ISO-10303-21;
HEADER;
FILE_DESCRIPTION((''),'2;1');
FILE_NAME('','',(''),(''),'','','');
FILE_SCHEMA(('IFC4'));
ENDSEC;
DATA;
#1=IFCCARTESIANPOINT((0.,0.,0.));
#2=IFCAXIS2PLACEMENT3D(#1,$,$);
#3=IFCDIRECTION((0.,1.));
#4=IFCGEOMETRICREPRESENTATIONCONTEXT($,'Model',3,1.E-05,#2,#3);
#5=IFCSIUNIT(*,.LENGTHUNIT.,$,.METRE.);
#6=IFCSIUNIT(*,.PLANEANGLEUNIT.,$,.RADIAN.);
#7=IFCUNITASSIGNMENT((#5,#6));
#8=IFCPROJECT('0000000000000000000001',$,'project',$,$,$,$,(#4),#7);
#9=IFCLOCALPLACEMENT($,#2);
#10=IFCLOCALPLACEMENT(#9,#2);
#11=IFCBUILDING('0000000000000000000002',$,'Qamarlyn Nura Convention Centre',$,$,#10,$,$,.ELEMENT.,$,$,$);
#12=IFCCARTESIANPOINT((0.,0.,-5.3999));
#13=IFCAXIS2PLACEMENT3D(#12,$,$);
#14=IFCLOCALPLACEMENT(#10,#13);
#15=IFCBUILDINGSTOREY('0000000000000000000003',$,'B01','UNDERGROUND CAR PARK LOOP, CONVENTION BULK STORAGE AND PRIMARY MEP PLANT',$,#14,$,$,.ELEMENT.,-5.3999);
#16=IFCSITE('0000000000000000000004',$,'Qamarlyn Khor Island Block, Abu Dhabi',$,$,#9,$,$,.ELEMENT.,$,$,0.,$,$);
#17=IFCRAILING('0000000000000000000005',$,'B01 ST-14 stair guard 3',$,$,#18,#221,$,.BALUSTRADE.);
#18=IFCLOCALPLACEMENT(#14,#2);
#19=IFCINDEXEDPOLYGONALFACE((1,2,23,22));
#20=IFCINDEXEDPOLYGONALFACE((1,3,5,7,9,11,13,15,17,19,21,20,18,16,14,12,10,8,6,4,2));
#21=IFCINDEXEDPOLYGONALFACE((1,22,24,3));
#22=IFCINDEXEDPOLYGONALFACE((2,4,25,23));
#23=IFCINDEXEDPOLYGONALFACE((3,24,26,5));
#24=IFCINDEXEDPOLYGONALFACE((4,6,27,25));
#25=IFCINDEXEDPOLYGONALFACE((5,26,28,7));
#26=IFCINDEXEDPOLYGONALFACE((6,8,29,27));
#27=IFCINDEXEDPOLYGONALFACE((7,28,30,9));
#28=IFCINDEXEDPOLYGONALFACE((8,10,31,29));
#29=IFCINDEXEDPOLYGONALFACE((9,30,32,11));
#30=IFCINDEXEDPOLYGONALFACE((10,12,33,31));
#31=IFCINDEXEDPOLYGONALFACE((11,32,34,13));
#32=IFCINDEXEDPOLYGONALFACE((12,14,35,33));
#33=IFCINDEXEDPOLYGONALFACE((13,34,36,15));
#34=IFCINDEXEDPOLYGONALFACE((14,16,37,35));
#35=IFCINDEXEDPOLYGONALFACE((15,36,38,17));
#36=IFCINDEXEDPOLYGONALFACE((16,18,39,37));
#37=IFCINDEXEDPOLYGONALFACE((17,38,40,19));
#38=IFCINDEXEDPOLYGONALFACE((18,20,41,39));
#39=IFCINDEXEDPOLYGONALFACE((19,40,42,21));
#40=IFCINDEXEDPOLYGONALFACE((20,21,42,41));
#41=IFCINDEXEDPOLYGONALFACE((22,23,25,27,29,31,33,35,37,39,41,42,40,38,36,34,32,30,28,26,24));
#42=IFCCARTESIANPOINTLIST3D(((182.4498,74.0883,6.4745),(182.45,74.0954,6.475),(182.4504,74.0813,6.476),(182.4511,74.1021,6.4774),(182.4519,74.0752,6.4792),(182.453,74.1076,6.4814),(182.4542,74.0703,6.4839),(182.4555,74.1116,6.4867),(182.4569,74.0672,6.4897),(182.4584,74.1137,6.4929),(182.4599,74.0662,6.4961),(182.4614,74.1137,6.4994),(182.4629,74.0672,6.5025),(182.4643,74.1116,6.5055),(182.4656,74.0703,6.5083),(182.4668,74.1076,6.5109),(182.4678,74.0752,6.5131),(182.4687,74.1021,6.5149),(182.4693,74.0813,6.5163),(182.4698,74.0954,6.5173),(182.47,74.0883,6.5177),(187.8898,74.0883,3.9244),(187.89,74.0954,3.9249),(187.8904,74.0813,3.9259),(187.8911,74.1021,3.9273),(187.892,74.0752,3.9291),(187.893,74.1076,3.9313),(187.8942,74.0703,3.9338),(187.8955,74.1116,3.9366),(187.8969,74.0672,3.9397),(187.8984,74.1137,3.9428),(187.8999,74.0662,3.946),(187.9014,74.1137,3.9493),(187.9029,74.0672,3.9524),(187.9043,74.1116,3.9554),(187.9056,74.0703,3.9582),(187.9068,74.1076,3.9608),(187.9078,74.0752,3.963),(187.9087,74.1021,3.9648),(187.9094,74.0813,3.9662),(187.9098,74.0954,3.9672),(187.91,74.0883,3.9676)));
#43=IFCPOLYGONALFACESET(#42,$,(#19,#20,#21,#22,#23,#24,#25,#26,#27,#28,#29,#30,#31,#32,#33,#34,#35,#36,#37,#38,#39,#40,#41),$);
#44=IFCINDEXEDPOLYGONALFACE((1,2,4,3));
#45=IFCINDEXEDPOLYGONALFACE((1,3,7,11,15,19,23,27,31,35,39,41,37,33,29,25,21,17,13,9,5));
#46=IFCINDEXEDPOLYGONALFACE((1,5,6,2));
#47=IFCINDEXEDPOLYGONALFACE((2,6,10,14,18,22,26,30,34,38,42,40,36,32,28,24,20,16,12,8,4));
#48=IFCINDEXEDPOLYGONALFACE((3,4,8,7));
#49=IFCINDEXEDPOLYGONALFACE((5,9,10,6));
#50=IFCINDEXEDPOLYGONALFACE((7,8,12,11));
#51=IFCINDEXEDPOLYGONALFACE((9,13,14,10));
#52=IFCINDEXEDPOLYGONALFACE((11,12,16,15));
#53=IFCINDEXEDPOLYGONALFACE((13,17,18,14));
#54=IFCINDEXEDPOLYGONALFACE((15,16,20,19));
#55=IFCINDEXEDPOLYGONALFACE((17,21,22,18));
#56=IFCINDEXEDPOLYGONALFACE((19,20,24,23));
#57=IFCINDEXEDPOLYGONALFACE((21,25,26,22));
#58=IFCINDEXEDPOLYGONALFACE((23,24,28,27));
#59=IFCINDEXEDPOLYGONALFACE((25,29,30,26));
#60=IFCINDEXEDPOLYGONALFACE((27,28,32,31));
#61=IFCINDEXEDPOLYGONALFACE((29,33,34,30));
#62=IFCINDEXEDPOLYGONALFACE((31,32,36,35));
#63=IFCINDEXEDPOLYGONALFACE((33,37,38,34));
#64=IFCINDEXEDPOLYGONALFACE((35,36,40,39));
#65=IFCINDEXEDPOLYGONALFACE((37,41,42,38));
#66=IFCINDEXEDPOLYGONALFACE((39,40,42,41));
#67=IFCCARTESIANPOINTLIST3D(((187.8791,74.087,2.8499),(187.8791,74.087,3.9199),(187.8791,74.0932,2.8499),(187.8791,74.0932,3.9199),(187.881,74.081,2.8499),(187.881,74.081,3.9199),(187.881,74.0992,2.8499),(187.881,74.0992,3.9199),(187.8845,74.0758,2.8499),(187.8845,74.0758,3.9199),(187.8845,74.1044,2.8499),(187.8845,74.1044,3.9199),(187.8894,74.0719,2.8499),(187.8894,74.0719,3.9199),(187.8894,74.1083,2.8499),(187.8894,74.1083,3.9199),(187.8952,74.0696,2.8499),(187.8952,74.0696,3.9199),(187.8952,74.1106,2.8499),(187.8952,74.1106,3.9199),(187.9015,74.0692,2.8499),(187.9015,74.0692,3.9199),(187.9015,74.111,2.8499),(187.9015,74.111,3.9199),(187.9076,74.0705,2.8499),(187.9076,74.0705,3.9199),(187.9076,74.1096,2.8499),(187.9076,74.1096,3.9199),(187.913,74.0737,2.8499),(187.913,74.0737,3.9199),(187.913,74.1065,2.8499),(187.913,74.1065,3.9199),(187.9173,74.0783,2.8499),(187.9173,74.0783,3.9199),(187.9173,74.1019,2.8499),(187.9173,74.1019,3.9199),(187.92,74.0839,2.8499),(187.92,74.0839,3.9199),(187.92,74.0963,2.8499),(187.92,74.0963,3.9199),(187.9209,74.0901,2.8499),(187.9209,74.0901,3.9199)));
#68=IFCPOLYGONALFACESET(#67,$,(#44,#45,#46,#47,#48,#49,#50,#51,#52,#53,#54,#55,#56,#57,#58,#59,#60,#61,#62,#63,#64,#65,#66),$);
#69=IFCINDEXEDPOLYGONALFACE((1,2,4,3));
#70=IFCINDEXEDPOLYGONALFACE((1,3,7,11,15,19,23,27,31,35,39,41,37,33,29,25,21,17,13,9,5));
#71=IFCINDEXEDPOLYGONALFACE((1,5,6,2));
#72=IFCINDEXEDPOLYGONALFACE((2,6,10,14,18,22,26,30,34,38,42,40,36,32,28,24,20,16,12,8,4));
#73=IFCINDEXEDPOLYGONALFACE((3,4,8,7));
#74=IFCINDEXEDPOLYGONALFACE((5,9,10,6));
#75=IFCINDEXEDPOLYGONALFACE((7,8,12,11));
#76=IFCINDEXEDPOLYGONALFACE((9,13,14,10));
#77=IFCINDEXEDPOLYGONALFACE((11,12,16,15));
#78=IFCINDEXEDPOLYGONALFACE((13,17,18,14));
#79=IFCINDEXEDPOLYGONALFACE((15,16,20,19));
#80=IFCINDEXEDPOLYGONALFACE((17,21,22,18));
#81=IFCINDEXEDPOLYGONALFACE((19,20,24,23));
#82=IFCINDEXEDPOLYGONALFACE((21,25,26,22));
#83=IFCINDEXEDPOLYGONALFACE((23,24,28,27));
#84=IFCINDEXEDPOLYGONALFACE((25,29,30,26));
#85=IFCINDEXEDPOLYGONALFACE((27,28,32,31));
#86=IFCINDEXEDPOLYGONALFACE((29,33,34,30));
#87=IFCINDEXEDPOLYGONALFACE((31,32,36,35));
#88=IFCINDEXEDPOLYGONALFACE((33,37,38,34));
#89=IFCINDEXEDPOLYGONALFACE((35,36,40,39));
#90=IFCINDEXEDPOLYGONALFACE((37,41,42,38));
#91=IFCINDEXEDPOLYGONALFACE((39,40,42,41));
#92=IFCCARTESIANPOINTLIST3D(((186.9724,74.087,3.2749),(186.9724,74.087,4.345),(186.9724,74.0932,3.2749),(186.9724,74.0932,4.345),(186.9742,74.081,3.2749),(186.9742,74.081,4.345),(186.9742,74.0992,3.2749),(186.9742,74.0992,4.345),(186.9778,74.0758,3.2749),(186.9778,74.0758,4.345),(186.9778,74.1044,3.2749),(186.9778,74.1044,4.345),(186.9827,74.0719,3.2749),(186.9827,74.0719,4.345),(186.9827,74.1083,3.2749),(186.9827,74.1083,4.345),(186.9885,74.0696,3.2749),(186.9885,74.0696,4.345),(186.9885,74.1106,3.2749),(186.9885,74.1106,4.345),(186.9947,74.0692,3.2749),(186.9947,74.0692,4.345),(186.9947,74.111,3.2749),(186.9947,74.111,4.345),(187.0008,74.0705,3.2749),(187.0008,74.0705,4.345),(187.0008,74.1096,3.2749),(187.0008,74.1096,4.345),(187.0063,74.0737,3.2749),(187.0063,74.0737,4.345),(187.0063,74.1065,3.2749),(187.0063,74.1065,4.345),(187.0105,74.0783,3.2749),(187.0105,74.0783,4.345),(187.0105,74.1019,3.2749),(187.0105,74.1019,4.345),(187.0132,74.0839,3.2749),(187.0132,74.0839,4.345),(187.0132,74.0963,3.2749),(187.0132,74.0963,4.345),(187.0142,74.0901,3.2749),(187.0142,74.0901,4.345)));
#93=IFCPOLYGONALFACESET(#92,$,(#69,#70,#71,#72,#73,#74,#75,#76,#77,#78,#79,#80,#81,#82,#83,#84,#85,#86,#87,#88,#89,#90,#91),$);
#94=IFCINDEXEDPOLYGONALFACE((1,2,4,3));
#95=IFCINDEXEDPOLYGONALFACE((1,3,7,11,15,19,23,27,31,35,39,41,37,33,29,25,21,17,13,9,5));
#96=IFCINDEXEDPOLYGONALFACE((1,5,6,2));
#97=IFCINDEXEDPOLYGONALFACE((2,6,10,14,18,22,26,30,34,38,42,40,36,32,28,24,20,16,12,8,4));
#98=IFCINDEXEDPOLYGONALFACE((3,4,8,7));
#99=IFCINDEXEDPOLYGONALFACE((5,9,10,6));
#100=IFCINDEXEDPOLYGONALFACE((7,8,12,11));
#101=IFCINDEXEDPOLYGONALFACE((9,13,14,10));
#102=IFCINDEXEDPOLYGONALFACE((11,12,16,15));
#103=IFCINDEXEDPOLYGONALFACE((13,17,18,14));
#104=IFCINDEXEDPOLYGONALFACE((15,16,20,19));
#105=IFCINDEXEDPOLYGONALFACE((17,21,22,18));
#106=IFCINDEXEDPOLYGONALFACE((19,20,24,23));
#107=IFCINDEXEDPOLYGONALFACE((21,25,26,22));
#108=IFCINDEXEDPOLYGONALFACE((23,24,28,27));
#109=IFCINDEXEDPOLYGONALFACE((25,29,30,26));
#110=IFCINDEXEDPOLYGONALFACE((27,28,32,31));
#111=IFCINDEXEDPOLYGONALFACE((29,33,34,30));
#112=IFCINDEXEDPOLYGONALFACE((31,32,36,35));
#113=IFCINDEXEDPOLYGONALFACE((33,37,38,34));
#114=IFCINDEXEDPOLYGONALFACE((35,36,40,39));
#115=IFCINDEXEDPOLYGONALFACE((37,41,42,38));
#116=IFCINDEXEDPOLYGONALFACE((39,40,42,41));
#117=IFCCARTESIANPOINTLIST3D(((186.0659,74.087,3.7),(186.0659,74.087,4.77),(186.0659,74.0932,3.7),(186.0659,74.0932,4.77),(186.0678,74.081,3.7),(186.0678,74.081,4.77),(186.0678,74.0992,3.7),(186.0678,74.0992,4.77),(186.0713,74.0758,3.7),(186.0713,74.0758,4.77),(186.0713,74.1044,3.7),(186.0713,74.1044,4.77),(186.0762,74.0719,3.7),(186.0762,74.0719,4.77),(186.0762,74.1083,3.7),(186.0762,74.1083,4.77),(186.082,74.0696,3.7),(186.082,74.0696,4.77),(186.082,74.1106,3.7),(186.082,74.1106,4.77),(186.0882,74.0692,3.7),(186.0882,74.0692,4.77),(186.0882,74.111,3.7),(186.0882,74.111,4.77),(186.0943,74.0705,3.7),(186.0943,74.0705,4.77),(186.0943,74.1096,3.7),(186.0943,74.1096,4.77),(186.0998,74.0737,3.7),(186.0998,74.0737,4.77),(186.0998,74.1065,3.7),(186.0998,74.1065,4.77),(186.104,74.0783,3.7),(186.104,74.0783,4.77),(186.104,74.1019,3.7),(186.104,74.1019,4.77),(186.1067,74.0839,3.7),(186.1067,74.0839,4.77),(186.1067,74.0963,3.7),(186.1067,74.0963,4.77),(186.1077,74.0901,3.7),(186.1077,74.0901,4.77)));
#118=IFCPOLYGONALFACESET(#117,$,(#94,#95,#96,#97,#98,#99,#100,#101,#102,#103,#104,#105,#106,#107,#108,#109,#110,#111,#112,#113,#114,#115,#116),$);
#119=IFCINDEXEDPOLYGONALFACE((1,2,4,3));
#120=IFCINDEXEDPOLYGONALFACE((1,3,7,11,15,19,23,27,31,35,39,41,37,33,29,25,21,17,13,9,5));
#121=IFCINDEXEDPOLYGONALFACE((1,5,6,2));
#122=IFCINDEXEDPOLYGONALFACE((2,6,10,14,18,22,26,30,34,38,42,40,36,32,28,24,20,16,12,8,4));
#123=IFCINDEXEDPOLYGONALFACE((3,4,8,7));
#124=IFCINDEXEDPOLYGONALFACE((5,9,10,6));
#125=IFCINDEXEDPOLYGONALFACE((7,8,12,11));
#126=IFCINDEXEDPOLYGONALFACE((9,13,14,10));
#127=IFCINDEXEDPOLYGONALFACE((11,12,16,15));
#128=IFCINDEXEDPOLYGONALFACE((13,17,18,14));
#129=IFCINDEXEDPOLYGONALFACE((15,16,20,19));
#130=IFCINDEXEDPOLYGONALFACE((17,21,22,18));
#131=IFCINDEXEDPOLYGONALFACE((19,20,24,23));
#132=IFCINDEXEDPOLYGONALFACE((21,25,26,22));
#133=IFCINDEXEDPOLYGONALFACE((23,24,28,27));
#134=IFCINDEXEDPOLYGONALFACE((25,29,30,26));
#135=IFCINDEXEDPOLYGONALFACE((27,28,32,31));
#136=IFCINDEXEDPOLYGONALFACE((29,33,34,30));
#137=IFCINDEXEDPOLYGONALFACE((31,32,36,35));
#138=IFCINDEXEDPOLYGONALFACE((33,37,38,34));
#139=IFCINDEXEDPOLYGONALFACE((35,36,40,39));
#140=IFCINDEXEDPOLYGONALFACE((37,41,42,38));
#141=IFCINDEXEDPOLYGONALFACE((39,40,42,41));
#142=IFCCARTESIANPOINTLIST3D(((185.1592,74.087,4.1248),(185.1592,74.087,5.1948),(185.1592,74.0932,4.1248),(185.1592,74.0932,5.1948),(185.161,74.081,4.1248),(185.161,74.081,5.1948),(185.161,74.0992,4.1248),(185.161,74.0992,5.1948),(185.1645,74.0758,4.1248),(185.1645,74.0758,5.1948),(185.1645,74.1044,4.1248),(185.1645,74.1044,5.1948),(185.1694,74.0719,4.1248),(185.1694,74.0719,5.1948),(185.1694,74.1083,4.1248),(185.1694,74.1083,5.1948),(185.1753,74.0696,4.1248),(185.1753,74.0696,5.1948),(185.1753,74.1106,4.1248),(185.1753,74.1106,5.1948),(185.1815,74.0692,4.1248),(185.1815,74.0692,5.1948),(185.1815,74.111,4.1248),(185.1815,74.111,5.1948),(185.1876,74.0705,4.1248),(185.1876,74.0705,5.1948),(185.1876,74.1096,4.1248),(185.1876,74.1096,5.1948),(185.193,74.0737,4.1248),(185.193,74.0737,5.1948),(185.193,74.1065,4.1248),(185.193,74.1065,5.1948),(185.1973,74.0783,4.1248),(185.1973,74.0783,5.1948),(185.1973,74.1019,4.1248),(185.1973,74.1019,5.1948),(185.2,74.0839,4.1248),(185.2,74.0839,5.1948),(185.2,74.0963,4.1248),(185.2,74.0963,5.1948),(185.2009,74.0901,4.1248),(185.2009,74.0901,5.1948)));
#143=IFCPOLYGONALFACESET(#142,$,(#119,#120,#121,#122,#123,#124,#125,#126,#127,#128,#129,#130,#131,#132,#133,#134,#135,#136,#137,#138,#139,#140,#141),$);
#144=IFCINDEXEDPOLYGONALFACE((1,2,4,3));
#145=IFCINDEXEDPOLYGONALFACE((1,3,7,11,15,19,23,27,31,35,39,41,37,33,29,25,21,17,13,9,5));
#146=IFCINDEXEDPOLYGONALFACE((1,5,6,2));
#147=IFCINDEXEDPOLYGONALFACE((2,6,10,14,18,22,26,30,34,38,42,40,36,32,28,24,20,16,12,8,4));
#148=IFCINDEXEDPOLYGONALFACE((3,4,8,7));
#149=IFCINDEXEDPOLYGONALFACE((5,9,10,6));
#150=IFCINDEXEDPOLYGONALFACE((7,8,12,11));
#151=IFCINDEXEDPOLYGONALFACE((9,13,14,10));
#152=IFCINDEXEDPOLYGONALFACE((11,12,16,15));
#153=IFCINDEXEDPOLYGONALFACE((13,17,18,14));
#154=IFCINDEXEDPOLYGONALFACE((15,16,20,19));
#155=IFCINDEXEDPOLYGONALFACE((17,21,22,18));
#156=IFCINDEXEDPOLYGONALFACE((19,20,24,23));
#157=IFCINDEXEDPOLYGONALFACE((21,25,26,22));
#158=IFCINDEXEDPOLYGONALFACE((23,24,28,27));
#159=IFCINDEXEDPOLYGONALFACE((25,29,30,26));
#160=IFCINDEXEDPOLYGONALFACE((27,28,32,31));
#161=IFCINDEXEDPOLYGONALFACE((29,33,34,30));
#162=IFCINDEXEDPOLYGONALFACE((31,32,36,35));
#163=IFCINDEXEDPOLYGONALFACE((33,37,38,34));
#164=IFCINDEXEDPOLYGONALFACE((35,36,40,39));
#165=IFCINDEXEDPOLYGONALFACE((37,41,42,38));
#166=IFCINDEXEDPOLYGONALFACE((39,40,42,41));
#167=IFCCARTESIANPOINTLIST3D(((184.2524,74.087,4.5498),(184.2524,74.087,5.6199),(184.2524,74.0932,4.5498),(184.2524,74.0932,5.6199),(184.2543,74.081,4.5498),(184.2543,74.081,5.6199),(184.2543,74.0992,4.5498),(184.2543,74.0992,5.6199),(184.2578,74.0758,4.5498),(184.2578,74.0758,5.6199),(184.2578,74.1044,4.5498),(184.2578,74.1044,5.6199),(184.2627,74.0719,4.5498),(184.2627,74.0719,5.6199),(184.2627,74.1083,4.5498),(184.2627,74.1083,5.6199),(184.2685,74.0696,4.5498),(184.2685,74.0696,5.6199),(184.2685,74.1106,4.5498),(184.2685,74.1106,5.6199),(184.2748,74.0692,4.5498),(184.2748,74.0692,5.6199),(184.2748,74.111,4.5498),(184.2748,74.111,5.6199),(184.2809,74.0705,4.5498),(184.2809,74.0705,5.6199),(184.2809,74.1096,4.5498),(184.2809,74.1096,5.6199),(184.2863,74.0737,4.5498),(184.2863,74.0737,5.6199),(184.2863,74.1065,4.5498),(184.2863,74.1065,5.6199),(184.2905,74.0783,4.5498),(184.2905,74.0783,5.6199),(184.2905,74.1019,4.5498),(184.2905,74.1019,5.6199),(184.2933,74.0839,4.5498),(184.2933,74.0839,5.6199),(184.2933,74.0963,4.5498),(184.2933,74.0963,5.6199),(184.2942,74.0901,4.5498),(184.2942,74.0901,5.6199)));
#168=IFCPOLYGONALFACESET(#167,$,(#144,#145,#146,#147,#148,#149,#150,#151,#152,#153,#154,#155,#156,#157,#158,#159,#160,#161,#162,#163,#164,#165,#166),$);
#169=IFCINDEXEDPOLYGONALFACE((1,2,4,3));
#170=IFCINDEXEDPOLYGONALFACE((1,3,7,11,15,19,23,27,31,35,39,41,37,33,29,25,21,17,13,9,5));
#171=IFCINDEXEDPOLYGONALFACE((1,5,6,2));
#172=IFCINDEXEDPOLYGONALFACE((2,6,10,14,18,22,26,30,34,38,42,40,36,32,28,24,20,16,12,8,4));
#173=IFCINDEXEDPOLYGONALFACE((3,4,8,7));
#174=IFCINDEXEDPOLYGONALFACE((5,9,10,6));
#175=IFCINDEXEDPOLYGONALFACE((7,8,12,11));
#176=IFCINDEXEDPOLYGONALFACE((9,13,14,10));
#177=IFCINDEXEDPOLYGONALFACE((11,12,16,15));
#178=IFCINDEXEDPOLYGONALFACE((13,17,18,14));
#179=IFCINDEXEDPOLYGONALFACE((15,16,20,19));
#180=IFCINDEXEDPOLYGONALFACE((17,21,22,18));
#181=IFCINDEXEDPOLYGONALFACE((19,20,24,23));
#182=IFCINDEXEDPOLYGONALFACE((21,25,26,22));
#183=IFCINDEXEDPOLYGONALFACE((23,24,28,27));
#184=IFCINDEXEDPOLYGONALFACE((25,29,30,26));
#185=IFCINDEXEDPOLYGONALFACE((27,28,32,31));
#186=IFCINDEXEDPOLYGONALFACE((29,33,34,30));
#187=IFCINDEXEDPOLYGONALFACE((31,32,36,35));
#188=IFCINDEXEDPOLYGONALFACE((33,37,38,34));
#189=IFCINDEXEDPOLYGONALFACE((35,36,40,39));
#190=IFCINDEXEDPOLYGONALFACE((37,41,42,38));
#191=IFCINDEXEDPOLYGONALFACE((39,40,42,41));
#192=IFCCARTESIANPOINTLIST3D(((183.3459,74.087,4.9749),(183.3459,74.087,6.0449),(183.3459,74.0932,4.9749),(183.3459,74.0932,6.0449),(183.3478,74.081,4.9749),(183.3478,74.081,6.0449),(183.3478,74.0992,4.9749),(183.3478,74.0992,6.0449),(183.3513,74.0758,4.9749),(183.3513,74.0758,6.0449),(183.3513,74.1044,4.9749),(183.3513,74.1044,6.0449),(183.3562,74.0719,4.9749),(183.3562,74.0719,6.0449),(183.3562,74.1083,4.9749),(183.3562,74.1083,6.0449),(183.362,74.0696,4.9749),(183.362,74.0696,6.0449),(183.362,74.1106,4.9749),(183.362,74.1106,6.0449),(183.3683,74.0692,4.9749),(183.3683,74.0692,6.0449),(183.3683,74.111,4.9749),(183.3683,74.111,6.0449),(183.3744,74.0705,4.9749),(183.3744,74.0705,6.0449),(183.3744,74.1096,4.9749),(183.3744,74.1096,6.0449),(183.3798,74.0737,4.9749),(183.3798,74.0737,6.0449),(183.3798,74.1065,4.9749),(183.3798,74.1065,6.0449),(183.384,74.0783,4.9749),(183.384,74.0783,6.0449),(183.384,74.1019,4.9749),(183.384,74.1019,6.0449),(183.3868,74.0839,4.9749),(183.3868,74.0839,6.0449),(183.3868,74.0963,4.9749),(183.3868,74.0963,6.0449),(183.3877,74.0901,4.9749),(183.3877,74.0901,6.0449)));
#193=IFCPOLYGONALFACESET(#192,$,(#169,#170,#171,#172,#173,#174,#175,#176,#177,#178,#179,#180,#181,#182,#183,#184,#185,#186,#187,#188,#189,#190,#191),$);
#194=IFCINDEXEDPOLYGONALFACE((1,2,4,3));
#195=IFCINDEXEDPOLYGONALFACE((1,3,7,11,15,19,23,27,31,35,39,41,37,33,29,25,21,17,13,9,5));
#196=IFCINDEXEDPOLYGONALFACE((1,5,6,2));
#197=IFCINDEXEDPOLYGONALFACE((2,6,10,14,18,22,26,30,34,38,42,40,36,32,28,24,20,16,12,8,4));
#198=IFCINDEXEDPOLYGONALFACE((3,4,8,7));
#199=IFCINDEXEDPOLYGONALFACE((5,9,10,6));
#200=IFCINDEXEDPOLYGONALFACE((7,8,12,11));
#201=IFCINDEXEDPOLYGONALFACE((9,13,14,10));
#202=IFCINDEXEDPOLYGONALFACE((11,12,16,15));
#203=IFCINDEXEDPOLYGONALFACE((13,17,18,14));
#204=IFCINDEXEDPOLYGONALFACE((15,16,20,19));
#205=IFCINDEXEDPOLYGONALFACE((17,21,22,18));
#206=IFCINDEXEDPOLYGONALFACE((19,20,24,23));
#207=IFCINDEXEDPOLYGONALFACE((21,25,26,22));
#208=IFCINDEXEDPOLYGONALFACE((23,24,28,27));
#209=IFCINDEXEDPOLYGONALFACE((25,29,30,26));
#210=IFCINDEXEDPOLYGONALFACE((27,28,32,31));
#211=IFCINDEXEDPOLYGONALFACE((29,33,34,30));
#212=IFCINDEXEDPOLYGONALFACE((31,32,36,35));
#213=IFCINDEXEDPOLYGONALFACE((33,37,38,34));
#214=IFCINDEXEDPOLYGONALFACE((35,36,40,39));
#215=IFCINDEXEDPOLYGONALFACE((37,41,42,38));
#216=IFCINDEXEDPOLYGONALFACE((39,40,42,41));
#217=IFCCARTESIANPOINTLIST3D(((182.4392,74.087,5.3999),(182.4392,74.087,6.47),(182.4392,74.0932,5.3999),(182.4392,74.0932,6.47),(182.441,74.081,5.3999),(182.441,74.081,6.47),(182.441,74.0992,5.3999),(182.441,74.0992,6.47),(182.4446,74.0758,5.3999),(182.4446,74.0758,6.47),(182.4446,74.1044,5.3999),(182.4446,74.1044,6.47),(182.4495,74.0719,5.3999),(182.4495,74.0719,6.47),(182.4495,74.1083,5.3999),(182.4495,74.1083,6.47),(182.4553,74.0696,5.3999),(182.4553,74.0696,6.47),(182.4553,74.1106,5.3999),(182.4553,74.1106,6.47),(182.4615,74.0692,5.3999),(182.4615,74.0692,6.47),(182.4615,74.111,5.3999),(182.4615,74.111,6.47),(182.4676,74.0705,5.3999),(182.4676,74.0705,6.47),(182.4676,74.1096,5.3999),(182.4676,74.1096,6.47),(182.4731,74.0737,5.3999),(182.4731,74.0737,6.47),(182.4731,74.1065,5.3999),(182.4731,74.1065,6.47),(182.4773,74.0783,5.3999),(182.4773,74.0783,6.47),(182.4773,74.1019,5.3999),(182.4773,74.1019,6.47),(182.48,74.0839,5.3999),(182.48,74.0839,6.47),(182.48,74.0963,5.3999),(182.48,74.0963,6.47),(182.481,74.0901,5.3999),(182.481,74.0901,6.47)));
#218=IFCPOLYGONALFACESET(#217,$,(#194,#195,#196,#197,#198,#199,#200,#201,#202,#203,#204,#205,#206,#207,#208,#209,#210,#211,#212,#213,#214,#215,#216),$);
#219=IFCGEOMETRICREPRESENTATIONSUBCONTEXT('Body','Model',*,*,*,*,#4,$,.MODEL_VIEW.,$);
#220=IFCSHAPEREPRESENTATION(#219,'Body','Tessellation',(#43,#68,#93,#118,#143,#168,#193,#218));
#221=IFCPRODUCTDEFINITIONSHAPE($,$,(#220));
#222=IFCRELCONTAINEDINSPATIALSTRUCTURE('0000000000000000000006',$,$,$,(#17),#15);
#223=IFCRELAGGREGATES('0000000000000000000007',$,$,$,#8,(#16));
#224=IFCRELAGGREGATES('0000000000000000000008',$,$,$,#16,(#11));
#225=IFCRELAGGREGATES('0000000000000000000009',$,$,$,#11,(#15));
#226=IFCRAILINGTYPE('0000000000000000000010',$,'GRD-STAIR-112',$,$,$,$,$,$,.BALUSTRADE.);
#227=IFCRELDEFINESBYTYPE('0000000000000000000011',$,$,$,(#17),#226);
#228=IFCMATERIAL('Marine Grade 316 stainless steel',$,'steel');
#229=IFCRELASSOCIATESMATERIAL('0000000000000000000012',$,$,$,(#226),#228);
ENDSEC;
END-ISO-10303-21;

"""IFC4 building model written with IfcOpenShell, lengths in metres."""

from ifc_helpers import new_model, si_unit, direction, frame, origin, origin_2d, place, context, subcontext, project, spatial, circle, extrude, material, type_object, element, save


model = new_model("IFC4")

# Units and contexts
model_context = context("Model", 3, precision=1e-05, world=origin(), true_north=direction((0.0, 1.0)))
body_context = subcontext(model_context, "Body", "Model", "MODEL_VIEW")
ifc_project = project(units=[si_unit("LENGTHUNIT", "METRE"), si_unit("PLANEANGLEUNIT", "RADIAN")], contexts=[model_context])

# Site, building, storey
site_placement = place(None, origin())
site = spatial("IfcSite", under=ifc_project, at=site_placement, Name="Qamarlyn Khor Island Block, Abu Dhabi", CompositionType="ELEMENT", RefElevation=0.0)
building_placement = place(site_placement, origin())
building = spatial("IfcBuilding", under=site, at=building_placement, Name="Qamarlyn Nura Convention Centre", CompositionType="ELEMENT")
storey_placement = place(building_placement, frame((0.0, 0.0, -5.3999)))
storey = spatial("IfcBuildingStorey", under=building, at=storey_placement, Name="B01", Description="UNDERGROUND CAR PARK LOOP, CONVENTION BULK STORAGE AND PRIMARY MEP PLANT", CompositionType="ELEMENT", Elevation=-5.3999)

# Railing
ifc_material_1 = material(Name="Marine Grade 316 stainless steel", Category="steel")
railing_type_1 = type_object("IfcRailingType", Name="GRD-STAIR-112", PredefinedType="BALUSTRADE", material=ifc_material_1)
railing_1_placement = place(storey_placement, frame((187.8999, 74.0901, 2.8499)))
element("IfcRailing", 1, at=railing_1_placement, inside=storey, type_object=railing_type_1, Name="B01 ST-14 stair guard 3", PredefinedType="BALUSTRADE", context=body_context, shape_type="SweptSolid", body=[
    extrude(circle(Radius=0.0239, at=origin_2d()), frame((0.0, 0.0, 1.0962), z_axis=(-0.905454, 0.0, 0.424444), x_axis=(0.0, -1.0, 0.0)), (0.0, 0.0, 1.0), 6.0081),
    extrude(circle(Radius=0.021, at=origin_2d()), origin(), (0.0, 0.0, 1.0), 1.0701),
    extrude(circle(Radius=0.021, at=origin_2d()), frame((-0.9067, 0.0, 0.425)), (0.0, 0.0, 1.0), 1.0701),
    extrude(circle(Radius=0.021, at=origin_2d()), frame((-1.8132, 0.0, 0.8501)), (0.0, 0.0, 1.0), 1.0701),
    extrude(circle(Radius=0.021, at=origin_2d()), frame((-2.72, 0.0, 1.2749)), (0.0, 0.0, 1.0), 1.0701),
    extrude(circle(Radius=0.021, at=origin_2d()), frame((-3.6267, 0.0, 1.7)), (0.0, 0.0, 1.0), 1.0701),
    extrude(circle(Radius=0.021, at=origin_2d()), frame((-4.5332, 0.0, 2.125)), (0.0, 0.0, 1.0), 1.0701),
    extrude(circle(Radius=0.021, at=origin_2d()), frame((-5.4399, 0.0, 2.55)), (0.0, 0.0, 1.0), 1.0701),
])

save(model, "model.ifc")
